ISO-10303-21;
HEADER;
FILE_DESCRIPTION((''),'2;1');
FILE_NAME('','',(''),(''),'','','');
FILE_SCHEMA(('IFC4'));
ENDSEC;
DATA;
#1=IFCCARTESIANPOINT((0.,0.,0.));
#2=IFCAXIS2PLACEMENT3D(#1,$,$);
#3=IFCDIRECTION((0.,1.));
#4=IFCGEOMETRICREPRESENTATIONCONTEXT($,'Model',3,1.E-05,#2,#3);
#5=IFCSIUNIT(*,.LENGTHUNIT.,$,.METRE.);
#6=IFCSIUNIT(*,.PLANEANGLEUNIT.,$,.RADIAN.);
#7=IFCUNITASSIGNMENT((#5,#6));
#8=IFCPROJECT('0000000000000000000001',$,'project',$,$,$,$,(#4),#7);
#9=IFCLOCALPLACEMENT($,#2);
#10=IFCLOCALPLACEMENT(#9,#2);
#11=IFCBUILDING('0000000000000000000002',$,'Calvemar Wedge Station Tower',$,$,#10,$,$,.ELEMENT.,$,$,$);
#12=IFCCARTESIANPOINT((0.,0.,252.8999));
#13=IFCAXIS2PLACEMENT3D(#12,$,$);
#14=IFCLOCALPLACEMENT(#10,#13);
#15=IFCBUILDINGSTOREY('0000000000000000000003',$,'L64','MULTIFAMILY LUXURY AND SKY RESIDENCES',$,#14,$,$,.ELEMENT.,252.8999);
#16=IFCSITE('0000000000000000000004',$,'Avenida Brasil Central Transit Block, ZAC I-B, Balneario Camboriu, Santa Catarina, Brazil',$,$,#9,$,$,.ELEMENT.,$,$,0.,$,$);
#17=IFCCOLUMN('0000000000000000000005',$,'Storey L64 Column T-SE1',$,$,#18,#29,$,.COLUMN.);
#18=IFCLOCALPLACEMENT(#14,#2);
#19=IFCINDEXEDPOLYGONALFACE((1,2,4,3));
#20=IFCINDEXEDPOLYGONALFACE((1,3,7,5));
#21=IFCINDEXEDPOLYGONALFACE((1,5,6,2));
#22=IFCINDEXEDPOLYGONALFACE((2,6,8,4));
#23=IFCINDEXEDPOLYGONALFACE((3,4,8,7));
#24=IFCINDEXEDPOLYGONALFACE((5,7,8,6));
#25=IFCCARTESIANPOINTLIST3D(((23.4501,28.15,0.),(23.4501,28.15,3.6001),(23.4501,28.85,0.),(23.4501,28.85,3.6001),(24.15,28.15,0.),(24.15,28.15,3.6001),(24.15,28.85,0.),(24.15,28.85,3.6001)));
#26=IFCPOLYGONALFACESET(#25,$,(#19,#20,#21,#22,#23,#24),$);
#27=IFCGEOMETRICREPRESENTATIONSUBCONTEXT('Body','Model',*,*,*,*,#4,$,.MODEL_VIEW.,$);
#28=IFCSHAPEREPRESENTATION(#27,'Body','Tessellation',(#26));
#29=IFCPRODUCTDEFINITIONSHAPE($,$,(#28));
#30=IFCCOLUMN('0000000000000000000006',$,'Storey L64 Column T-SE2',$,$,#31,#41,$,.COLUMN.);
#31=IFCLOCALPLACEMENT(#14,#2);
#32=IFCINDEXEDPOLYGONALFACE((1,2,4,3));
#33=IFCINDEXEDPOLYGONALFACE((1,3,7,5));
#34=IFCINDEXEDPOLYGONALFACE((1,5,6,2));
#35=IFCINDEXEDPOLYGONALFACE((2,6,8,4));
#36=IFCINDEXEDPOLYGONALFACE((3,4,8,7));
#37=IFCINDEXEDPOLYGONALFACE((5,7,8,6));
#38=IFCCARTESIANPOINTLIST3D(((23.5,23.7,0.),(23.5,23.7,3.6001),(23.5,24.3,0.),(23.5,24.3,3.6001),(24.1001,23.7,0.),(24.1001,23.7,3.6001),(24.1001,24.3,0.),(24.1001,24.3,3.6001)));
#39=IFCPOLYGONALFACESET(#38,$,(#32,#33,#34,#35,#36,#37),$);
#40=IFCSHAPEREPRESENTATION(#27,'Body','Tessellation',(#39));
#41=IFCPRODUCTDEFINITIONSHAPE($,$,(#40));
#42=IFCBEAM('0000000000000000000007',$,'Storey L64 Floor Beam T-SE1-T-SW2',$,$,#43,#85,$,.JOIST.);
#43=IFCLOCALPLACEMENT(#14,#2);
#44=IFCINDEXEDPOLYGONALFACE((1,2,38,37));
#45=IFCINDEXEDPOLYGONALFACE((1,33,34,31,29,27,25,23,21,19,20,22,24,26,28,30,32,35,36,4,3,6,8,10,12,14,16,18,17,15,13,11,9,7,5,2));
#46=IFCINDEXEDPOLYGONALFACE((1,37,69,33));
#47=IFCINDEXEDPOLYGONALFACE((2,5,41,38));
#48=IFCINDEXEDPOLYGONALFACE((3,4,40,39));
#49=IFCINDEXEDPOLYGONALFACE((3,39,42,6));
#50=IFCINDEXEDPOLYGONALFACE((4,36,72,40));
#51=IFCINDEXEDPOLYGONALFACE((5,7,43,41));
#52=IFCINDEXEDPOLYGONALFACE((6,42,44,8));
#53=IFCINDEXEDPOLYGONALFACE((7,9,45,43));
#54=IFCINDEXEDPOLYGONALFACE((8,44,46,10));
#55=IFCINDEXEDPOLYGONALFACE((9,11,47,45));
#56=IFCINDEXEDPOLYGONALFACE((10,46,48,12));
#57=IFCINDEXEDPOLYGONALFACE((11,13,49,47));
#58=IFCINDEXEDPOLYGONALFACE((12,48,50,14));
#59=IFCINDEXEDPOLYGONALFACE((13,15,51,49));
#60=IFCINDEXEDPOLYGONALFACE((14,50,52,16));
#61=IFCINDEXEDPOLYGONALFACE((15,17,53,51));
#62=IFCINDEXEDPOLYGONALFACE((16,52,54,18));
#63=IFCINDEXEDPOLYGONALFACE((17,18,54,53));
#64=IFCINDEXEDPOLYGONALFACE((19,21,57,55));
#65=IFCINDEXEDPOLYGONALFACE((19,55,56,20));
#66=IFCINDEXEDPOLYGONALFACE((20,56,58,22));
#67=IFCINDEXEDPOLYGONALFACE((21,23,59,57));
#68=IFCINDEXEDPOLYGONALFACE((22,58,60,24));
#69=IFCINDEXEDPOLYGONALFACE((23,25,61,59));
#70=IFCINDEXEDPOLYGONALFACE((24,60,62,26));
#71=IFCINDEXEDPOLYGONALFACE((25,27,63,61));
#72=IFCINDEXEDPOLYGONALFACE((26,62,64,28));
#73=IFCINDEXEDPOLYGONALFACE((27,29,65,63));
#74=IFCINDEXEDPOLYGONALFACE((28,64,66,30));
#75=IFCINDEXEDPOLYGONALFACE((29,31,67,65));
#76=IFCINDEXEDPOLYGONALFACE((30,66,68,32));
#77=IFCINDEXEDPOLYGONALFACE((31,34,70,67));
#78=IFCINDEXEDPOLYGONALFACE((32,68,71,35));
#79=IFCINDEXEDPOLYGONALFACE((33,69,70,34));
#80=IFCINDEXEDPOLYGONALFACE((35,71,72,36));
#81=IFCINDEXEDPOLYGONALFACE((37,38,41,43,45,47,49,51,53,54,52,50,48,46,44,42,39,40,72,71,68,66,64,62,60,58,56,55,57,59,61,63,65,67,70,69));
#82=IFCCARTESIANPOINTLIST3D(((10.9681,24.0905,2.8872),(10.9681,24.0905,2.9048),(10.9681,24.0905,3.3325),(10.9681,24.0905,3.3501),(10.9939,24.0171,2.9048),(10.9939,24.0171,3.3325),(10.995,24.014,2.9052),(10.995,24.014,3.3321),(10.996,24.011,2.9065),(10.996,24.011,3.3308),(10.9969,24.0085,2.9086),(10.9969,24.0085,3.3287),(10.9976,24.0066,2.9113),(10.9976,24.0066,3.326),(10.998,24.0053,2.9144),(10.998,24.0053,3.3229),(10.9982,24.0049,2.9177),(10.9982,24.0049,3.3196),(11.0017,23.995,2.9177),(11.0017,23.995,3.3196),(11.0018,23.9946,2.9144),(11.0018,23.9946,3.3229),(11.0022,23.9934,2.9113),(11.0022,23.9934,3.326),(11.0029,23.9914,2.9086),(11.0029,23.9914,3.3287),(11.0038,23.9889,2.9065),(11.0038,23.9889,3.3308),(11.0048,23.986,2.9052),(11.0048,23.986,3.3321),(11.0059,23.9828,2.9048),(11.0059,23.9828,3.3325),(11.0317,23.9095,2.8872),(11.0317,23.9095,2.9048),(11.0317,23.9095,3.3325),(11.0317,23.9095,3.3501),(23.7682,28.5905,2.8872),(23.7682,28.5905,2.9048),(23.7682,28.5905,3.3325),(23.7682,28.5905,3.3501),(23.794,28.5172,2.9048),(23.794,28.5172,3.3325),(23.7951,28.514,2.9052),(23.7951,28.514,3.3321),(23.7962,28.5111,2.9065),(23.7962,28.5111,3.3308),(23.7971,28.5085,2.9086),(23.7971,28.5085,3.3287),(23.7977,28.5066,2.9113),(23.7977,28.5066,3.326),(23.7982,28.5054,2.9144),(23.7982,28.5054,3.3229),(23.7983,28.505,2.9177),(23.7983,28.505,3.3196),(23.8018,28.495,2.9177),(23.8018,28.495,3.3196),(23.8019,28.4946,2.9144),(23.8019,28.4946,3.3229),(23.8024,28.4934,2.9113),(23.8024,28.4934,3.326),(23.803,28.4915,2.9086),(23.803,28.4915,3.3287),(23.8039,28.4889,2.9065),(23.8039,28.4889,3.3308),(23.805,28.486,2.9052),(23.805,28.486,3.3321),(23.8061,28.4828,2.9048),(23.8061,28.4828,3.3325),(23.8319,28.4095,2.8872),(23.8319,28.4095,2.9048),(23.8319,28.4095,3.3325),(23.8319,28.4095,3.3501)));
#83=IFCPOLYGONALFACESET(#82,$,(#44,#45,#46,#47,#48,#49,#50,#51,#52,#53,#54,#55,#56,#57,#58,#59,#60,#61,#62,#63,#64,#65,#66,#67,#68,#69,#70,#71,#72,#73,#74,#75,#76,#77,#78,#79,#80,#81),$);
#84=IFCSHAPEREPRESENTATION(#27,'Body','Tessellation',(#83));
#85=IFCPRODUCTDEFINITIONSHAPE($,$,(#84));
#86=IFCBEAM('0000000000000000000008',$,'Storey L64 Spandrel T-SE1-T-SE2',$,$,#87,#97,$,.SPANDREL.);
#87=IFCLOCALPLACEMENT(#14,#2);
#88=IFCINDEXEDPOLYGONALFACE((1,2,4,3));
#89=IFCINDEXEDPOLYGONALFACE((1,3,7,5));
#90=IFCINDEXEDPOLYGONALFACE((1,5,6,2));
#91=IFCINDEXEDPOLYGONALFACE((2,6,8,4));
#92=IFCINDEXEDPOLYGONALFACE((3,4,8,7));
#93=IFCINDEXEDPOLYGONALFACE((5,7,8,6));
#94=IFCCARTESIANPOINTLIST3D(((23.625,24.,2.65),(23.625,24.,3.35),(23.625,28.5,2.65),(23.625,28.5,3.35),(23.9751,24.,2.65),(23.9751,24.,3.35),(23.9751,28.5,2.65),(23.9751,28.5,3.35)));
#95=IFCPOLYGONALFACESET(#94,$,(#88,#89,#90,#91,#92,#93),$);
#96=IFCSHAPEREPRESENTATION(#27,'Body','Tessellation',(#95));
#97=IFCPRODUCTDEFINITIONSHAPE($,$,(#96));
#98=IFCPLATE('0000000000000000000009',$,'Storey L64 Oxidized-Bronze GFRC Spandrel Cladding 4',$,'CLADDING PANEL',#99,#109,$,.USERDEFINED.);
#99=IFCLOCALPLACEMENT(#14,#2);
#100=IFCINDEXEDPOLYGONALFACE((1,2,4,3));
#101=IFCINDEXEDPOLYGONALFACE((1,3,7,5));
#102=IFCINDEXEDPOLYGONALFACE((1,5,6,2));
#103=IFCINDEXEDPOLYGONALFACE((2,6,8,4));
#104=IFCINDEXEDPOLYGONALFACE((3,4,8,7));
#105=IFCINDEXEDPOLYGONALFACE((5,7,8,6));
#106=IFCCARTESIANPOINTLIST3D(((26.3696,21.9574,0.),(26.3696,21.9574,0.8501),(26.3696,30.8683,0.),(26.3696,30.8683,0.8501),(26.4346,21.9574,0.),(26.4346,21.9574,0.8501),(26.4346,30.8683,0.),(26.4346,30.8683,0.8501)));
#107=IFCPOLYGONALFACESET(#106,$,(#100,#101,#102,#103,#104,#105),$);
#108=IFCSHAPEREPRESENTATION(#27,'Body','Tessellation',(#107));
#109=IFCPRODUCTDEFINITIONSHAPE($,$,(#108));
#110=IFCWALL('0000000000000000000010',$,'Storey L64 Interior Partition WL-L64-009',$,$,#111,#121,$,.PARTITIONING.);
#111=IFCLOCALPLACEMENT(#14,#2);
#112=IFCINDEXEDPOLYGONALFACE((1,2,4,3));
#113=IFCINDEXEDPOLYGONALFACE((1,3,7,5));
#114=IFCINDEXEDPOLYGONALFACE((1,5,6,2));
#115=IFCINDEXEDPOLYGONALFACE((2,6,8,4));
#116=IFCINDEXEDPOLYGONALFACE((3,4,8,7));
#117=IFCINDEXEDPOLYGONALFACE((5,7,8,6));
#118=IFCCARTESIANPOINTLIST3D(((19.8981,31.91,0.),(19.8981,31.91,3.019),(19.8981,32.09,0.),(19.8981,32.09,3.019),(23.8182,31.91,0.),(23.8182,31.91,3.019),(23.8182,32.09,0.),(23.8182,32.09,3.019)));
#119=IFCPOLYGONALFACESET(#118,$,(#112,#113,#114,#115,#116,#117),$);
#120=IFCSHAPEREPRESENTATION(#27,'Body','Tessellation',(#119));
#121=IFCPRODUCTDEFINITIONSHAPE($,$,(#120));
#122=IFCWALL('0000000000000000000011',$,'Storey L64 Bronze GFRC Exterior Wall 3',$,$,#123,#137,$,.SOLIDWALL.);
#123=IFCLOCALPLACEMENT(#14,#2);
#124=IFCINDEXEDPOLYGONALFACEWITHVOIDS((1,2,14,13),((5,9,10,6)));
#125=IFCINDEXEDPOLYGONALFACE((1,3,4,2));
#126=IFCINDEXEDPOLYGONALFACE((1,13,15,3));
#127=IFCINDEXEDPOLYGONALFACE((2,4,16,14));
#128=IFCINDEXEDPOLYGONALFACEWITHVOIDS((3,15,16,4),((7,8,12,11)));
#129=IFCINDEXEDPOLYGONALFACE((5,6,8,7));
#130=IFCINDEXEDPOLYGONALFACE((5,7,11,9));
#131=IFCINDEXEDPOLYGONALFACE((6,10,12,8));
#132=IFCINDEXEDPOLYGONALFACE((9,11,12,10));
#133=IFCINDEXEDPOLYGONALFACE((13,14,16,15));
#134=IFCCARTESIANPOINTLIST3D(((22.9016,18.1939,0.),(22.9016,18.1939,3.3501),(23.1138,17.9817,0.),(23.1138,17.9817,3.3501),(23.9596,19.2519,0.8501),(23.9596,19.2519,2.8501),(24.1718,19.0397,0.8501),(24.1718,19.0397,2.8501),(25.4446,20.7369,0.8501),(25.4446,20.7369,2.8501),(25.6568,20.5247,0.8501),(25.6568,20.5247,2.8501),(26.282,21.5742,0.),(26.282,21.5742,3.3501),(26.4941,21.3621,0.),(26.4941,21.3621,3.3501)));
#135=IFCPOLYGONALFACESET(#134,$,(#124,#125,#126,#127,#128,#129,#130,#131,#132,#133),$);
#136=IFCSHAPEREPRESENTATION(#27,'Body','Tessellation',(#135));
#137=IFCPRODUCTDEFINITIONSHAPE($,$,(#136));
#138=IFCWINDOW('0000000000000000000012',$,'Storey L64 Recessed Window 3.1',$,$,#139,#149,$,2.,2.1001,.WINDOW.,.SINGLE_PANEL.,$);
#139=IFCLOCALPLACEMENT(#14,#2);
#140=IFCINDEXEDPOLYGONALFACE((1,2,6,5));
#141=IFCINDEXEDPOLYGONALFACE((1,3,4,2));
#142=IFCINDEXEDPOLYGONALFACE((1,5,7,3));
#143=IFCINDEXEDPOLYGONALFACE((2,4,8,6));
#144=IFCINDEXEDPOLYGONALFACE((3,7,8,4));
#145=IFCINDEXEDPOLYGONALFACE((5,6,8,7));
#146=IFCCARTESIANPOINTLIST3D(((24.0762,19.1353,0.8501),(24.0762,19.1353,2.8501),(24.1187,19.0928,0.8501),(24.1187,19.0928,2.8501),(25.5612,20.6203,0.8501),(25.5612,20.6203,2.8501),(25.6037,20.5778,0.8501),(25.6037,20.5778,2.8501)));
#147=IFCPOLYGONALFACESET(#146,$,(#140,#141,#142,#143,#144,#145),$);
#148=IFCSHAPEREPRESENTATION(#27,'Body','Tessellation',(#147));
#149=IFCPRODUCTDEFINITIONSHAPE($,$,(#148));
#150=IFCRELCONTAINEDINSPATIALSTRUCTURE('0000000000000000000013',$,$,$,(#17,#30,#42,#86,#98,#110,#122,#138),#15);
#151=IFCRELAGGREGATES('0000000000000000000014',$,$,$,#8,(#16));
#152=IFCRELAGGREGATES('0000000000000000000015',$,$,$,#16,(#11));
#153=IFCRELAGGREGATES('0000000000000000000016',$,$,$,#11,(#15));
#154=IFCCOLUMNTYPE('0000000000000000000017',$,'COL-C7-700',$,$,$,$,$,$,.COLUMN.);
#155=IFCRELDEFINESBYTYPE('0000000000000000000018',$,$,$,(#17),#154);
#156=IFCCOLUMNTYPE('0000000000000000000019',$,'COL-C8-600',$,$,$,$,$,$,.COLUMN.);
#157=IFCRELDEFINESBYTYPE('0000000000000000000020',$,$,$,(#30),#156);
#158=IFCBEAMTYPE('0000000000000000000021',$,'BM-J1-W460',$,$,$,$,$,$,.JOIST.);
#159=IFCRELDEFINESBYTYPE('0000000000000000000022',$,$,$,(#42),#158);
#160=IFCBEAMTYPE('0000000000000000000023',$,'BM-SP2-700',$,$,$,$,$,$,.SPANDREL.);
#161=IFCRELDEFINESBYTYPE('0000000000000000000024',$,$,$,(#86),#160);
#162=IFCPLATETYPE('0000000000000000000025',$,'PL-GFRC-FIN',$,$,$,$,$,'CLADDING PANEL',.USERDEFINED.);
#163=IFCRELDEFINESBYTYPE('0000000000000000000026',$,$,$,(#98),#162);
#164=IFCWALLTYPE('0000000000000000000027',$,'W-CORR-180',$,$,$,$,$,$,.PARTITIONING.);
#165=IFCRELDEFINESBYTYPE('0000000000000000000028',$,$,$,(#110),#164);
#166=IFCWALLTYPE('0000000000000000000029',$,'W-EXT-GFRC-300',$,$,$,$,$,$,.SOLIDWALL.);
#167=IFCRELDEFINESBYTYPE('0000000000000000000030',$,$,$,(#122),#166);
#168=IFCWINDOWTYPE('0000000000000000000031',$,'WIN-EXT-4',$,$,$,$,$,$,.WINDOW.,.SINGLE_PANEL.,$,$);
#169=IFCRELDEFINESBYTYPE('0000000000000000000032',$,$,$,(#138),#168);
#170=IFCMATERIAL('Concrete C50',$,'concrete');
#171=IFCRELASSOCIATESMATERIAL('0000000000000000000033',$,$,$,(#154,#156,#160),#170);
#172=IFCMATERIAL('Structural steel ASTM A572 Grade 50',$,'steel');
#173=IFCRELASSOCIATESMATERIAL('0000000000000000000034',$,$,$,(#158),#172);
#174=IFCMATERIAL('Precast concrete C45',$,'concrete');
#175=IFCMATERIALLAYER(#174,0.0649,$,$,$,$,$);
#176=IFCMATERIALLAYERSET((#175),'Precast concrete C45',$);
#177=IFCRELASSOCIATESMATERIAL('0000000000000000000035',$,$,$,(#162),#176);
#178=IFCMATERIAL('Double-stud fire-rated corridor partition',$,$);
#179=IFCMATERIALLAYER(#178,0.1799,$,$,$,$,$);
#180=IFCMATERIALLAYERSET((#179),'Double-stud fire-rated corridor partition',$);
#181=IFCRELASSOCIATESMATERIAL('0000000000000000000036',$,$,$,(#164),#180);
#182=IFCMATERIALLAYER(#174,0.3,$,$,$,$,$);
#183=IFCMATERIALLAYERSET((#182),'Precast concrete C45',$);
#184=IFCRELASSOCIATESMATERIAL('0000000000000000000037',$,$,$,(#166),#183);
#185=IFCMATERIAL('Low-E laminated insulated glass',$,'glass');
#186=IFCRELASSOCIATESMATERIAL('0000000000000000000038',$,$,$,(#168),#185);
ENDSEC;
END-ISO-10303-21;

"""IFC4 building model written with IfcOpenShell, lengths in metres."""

from ifc_helpers import new_model, si_unit, direction, frame, frame_2d, origin, origin_2d, place, context, subcontext, project, spatial, rectangle, i_section, extrude, source, transform, mapped, material, layer, layer_set, material_profile, profile_set, type_object, element, fill, save


model = new_model("IFC4")

# Units and contexts
model_context = context("Model", 3, precision=1e-05, world=origin(), true_north=direction((0.0, 1.0)))
body_context = subcontext(model_context, "Body", "Model", "MODEL_VIEW")
ifc_project = project(units=[si_unit("LENGTHUNIT", "METRE"), si_unit("PLANEANGLEUNIT", "RADIAN")], contexts=[model_context])

# Site, building, storey
site_placement = place(None, origin())
site = spatial("IfcSite", under=ifc_project, at=site_placement, Name="Avenida Brasil Central Transit Block, ZAC I-B, Balneario Camboriu, Santa Catarina, Brazil", CompositionType="ELEMENT", RefElevation=0.0)
building_placement = place(site_placement, origin())
building = spatial("IfcBuilding", under=site, at=building_placement, Name="Calvemar Wedge Station Tower", CompositionType="ELEMENT")
storey_placement = place(building_placement, frame((0.0, 0.0, 252.8999)))
storey = spatial("IfcBuildingStorey", under=building, at=storey_placement, Name="L64", Description="MULTIFAMILY LUXURY AND SKY RESIDENCES", CompositionType="ELEMENT", Elevation=252.8999)

# Columns
ifc_material_1 = material(Name="Concrete C50", Category="concrete")
ifc_material_profile_1 = material_profile(ifc_material_1, rectangle(XDim=0.7, YDim=0.7, at=origin_2d()), Name="RC700x700")
ifc_profile_set_1 = profile_set([ifc_material_profile_1], Name="Concrete C50")
column_type_1 = type_object("IfcColumnType", Name="COL-C7-700", PredefinedType="COLUMN", material=ifc_profile_set_1)
shared_shape_1 = source(origin(), body_context, "Body", "SweptSolid", [
    extrude(rectangle(XDim=0.7, YDim=0.7, at=origin_2d()), origin(), (0.0, 0.0, 1.0), 3.6001),
])
column_1_placement = place(storey_placement, frame((23.8, 28.5, 0.0), z_axis=(0.0, 0.0, 1.0), x_axis=(1.0, 0.0, 0.0)))
element("IfcColumn", 1, at=column_1_placement, inside=storey, type_object=column_type_1, Name="Storey L64 Column T-SE1", PredefinedType="COLUMN", context=body_context, shape_type="MappedRepresentation", body=[
    mapped(shared_shape_1, transform((0.0, 0.0, 0.0), scale=1.0)),
])
ifc_material_profile_2 = material_profile(ifc_material_1, rectangle(XDim=0.6001, YDim=0.6001, at=origin_2d()), Name="RC600x600")
ifc_profile_set_2 = profile_set([ifc_material_profile_2], Name="Concrete C50")
column_type_2 = type_object("IfcColumnType", Name="COL-C8-600", PredefinedType="COLUMN", material=ifc_profile_set_2)
shared_shape_2 = source(origin(), body_context, "Body", "SweptSolid", [
    extrude(rectangle(XDim=0.6001, YDim=0.6001, at=origin_2d()), origin(), (0.0, 0.0, 1.0), 3.6001),
])
column_2_placement = place(storey_placement, frame((23.8, 24.0, 0.0), z_axis=(0.0, 0.0, 1.0), x_axis=(1.0, 0.0, 0.0)))
element("IfcColumn", 2, at=column_2_placement, inside=storey, type_object=column_type_2, Name="Storey L64 Column T-SE2", PredefinedType="COLUMN", context=body_context, shape_type="MappedRepresentation", body=[
    mapped(shared_shape_2, transform((0.0, 0.0, 0.0), scale=1.0)),
])

# Beams
ifc_material_2 = material(Name="Structural steel ASTM A572 Grade 50", Category="steel")
ifc_material_profile_3 = material_profile(ifc_material_2, i_section(OverallWidth=0.1919, OverallDepth=0.4629, WebThickness=0.0105, FlangeThickness=0.0176, FilletRadius=0.0129, at=origin_2d()), Name="W460x89")
ifc_profile_set_3 = profile_set([ifc_material_profile_3], Name="Structural steel ASTM A572 Grade 50")
beam_type_1 = type_object("IfcBeamType", Name="BM-J1-W460", PredefinedType="JOIST", material=ifc_profile_set_3)
shared_shape_3 = source(origin(), body_context, "Body", "SweptSolid", [
    extrude(i_section(OverallWidth=0.1919, OverallDepth=0.4629, WebThickness=0.0105, FlangeThickness=0.0176, FilletRadius=0.0129, at=origin_2d()), origin(), (0.0, 0.0, 1.0), 13.5681),
])
beam_1_placement = place(storey_placement, frame((23.8, 28.5, 3.1187), z_axis=(-0.943398, -0.331662, 0.0), x_axis=(0.331662, -0.943398, 0.0)))
element("IfcBeam", 3, at=beam_1_placement, inside=storey, type_object=beam_type_1, Name="Storey L64 Floor Beam T-SE1-T-SW2", PredefinedType="JOIST", context=body_context, shape_type="MappedRepresentation", body=[
    mapped(shared_shape_3, transform((0.0, 0.0, 0.0), scale=1.0)),
])
ifc_material_profile_4 = material_profile(ifc_material_1, rectangle(XDim=0.3501, YDim=0.7, at=origin_2d()), Name="RC350x700")
ifc_profile_set_4 = profile_set([ifc_material_profile_4], Name="Concrete C50")
beam_type_2 = type_object("IfcBeamType", Name="BM-SP2-700", PredefinedType="SPANDREL", material=ifc_profile_set_4)
shared_shape_4 = source(origin(), body_context, "Body", "SweptSolid", [
    extrude(rectangle(XDim=0.3501, YDim=0.7, at=origin_2d()), origin(), (0.0, 0.0, 1.0), 4.5),
])
beam_2_placement = place(storey_placement, frame((23.8, 28.5, 3.0), z_axis=(0.0, -1.0, 0.0), x_axis=(1.0, 0.0, 0.0)))
element("IfcBeam", 4, at=beam_2_placement, inside=storey, type_object=beam_type_2, Name="Storey L64 Spandrel T-SE1-T-SE2", PredefinedType="SPANDREL", context=body_context, shape_type="MappedRepresentation", body=[
    mapped(shared_shape_4, transform((0.0, 0.0, 0.0), scale=1.0)),
])

# Plate
ifc_material_3 = material(Name="Precast concrete C45", Category="concrete")
ifc_layer_1 = layer(ifc_material_3, 0.0649)
ifc_layer_set_1 = layer_set([ifc_layer_1], Name="Precast concrete C45")
plate_type = type_object("IfcPlateType", Name="PL-GFRC-FIN", ElementType="CLADDING PANEL", PredefinedType="USERDEFINED", material=ifc_layer_set_1)
plate_placement = place(storey_placement, frame((26.4021, 21.9573, 0.0), z_axis=(0.0, 0.0, 1.0), x_axis=(0.0, 1.0, 0.0)))
element("IfcPlate", 5, at=plate_placement, inside=storey, type_object=plate_type, Name="Storey L64 Oxidized-Bronze GFRC Spandrel Cladding 4", ObjectType="CLADDING PANEL", PredefinedType="USERDEFINED", context=body_context, shape_type="SweptSolid", body=[
    extrude(rectangle(XDim=8.9109, YDim=0.0649, at=frame_2d((4.4556, 0.0))), origin(), (0.0, 0.0, 1.0), 0.8501),
])

# Wall
ifc_material_4 = material(Name="Double-stud fire-rated corridor partition")
ifc_layer_2 = layer(ifc_material_4, 0.1799)
ifc_layer_set_2 = layer_set([ifc_layer_2], Name="Double-stud fire-rated corridor partition")
wall_type_1 = type_object("IfcWallType", Name="W-CORR-180", PredefinedType="PARTITIONING", material=ifc_layer_set_2)
wall_1_placement = place(storey_placement, frame((23.8181, 32.0, 0.0), z_axis=(0.0, 0.0, 1.0), x_axis=(-1.0, 0.0, 0.0)))
element("IfcWall", 6, at=wall_1_placement, inside=storey, type_object=wall_type_1, Name="Storey L64 Interior Partition WL-L64-009", PredefinedType="PARTITIONING", context=body_context, shape_type="SweptSolid", body=[
    extrude(rectangle(XDim=3.9202, YDim=0.1799, at=frame_2d((1.96, 0.0))), origin(), (0.0, 0.0, 1.0), 3.019),
])

# Wall, opening, window
ifc_layer_3 = layer(ifc_material_3, 0.3)
ifc_layer_set_3 = layer_set([ifc_layer_3], Name="Precast concrete C45")
wall_type_2 = type_object("IfcWallType", Name="W-EXT-GFRC-300", PredefinedType="SOLIDWALL", material=ifc_layer_set_3)
wall_2_placement = place(storey_placement, frame((23.0078, 18.0879, 0.0), z_axis=(0.0, 0.0, 1.0), x_axis=(0.707107, 0.707107, 0.0)))
wall_2 = element("IfcWall", 7, at=wall_2_placement, inside=storey, type_object=wall_type_2, Name="Storey L64 Bronze GFRC Exterior Wall 3", PredefinedType="SOLIDWALL", context=body_context, shape_type="SweptSolid", body=[
    extrude(rectangle(XDim=4.7805, YDim=0.3, at=frame_2d((2.3901, 0.0))), origin(), (0.0, 0.0, 1.0), 3.3501),
])
shared_shape_5 = source(origin(), body_context, "Body", "SweptSolid", [
    extrude(rectangle(XDim=2.1001, YDim=2.0, at=frame_2d((1.05, 1.0))), frame((0.0, 0.1602, 0.0), z_axis=(0.0, -1.0, 0.0), x_axis=(1.0, 0.0, 0.0)), (0.0, 0.0, 1.0), 0.3201),
])
opening_1_placement = place(wall_2_placement, frame((1.4961, 0.0, 0.8501)))
opening_1 = element("IfcOpeningElement", 8, at=opening_1_placement, cuts=wall_2, PredefinedType="OPENING", context=body_context, shape_type="MappedRepresentation", body=[
    mapped(shared_shape_5, transform((0.0, 0.0, 0.0), scale=1.0)),
])
ifc_material_5 = material(Name="Low-E laminated insulated glass", Category="glass")
window_type_1 = type_object("IfcWindowType", Name="WIN-EXT-4", PartitioningType="SINGLE_PANEL", PredefinedType="WINDOW", material=ifc_material_5)
shared_shape_6 = source(origin(), body_context, "Body", "SweptSolid", [
    extrude(rectangle(XDim=2.1001, YDim=2.0, at=frame_2d((1.05, 1.0))), frame((0.0, -0.0149, 0.0), z_axis=(0.0, -1.0, 0.0), x_axis=(1.0, 0.0, 0.0)), (0.0, 0.0, 1.0), 0.0601),
])
window_1_placement = place(opening_1_placement, origin())
window_1 = element("IfcWindow", 9, at=window_1_placement, inside=storey, type_object=window_type_1, Name="Storey L64 Recessed Window 3.1", OverallHeight=2.0, OverallWidth=2.1001, PartitioningType="SINGLE_PANEL", PredefinedType="WINDOW", context=body_context, shape_type="MappedRepresentation", body=[
    mapped(shared_shape_6, transform((0.0, 0.0, 0.0), scale=1.0)),
])
fill(opening_1, window_1)

save(model, "model.ifc")
